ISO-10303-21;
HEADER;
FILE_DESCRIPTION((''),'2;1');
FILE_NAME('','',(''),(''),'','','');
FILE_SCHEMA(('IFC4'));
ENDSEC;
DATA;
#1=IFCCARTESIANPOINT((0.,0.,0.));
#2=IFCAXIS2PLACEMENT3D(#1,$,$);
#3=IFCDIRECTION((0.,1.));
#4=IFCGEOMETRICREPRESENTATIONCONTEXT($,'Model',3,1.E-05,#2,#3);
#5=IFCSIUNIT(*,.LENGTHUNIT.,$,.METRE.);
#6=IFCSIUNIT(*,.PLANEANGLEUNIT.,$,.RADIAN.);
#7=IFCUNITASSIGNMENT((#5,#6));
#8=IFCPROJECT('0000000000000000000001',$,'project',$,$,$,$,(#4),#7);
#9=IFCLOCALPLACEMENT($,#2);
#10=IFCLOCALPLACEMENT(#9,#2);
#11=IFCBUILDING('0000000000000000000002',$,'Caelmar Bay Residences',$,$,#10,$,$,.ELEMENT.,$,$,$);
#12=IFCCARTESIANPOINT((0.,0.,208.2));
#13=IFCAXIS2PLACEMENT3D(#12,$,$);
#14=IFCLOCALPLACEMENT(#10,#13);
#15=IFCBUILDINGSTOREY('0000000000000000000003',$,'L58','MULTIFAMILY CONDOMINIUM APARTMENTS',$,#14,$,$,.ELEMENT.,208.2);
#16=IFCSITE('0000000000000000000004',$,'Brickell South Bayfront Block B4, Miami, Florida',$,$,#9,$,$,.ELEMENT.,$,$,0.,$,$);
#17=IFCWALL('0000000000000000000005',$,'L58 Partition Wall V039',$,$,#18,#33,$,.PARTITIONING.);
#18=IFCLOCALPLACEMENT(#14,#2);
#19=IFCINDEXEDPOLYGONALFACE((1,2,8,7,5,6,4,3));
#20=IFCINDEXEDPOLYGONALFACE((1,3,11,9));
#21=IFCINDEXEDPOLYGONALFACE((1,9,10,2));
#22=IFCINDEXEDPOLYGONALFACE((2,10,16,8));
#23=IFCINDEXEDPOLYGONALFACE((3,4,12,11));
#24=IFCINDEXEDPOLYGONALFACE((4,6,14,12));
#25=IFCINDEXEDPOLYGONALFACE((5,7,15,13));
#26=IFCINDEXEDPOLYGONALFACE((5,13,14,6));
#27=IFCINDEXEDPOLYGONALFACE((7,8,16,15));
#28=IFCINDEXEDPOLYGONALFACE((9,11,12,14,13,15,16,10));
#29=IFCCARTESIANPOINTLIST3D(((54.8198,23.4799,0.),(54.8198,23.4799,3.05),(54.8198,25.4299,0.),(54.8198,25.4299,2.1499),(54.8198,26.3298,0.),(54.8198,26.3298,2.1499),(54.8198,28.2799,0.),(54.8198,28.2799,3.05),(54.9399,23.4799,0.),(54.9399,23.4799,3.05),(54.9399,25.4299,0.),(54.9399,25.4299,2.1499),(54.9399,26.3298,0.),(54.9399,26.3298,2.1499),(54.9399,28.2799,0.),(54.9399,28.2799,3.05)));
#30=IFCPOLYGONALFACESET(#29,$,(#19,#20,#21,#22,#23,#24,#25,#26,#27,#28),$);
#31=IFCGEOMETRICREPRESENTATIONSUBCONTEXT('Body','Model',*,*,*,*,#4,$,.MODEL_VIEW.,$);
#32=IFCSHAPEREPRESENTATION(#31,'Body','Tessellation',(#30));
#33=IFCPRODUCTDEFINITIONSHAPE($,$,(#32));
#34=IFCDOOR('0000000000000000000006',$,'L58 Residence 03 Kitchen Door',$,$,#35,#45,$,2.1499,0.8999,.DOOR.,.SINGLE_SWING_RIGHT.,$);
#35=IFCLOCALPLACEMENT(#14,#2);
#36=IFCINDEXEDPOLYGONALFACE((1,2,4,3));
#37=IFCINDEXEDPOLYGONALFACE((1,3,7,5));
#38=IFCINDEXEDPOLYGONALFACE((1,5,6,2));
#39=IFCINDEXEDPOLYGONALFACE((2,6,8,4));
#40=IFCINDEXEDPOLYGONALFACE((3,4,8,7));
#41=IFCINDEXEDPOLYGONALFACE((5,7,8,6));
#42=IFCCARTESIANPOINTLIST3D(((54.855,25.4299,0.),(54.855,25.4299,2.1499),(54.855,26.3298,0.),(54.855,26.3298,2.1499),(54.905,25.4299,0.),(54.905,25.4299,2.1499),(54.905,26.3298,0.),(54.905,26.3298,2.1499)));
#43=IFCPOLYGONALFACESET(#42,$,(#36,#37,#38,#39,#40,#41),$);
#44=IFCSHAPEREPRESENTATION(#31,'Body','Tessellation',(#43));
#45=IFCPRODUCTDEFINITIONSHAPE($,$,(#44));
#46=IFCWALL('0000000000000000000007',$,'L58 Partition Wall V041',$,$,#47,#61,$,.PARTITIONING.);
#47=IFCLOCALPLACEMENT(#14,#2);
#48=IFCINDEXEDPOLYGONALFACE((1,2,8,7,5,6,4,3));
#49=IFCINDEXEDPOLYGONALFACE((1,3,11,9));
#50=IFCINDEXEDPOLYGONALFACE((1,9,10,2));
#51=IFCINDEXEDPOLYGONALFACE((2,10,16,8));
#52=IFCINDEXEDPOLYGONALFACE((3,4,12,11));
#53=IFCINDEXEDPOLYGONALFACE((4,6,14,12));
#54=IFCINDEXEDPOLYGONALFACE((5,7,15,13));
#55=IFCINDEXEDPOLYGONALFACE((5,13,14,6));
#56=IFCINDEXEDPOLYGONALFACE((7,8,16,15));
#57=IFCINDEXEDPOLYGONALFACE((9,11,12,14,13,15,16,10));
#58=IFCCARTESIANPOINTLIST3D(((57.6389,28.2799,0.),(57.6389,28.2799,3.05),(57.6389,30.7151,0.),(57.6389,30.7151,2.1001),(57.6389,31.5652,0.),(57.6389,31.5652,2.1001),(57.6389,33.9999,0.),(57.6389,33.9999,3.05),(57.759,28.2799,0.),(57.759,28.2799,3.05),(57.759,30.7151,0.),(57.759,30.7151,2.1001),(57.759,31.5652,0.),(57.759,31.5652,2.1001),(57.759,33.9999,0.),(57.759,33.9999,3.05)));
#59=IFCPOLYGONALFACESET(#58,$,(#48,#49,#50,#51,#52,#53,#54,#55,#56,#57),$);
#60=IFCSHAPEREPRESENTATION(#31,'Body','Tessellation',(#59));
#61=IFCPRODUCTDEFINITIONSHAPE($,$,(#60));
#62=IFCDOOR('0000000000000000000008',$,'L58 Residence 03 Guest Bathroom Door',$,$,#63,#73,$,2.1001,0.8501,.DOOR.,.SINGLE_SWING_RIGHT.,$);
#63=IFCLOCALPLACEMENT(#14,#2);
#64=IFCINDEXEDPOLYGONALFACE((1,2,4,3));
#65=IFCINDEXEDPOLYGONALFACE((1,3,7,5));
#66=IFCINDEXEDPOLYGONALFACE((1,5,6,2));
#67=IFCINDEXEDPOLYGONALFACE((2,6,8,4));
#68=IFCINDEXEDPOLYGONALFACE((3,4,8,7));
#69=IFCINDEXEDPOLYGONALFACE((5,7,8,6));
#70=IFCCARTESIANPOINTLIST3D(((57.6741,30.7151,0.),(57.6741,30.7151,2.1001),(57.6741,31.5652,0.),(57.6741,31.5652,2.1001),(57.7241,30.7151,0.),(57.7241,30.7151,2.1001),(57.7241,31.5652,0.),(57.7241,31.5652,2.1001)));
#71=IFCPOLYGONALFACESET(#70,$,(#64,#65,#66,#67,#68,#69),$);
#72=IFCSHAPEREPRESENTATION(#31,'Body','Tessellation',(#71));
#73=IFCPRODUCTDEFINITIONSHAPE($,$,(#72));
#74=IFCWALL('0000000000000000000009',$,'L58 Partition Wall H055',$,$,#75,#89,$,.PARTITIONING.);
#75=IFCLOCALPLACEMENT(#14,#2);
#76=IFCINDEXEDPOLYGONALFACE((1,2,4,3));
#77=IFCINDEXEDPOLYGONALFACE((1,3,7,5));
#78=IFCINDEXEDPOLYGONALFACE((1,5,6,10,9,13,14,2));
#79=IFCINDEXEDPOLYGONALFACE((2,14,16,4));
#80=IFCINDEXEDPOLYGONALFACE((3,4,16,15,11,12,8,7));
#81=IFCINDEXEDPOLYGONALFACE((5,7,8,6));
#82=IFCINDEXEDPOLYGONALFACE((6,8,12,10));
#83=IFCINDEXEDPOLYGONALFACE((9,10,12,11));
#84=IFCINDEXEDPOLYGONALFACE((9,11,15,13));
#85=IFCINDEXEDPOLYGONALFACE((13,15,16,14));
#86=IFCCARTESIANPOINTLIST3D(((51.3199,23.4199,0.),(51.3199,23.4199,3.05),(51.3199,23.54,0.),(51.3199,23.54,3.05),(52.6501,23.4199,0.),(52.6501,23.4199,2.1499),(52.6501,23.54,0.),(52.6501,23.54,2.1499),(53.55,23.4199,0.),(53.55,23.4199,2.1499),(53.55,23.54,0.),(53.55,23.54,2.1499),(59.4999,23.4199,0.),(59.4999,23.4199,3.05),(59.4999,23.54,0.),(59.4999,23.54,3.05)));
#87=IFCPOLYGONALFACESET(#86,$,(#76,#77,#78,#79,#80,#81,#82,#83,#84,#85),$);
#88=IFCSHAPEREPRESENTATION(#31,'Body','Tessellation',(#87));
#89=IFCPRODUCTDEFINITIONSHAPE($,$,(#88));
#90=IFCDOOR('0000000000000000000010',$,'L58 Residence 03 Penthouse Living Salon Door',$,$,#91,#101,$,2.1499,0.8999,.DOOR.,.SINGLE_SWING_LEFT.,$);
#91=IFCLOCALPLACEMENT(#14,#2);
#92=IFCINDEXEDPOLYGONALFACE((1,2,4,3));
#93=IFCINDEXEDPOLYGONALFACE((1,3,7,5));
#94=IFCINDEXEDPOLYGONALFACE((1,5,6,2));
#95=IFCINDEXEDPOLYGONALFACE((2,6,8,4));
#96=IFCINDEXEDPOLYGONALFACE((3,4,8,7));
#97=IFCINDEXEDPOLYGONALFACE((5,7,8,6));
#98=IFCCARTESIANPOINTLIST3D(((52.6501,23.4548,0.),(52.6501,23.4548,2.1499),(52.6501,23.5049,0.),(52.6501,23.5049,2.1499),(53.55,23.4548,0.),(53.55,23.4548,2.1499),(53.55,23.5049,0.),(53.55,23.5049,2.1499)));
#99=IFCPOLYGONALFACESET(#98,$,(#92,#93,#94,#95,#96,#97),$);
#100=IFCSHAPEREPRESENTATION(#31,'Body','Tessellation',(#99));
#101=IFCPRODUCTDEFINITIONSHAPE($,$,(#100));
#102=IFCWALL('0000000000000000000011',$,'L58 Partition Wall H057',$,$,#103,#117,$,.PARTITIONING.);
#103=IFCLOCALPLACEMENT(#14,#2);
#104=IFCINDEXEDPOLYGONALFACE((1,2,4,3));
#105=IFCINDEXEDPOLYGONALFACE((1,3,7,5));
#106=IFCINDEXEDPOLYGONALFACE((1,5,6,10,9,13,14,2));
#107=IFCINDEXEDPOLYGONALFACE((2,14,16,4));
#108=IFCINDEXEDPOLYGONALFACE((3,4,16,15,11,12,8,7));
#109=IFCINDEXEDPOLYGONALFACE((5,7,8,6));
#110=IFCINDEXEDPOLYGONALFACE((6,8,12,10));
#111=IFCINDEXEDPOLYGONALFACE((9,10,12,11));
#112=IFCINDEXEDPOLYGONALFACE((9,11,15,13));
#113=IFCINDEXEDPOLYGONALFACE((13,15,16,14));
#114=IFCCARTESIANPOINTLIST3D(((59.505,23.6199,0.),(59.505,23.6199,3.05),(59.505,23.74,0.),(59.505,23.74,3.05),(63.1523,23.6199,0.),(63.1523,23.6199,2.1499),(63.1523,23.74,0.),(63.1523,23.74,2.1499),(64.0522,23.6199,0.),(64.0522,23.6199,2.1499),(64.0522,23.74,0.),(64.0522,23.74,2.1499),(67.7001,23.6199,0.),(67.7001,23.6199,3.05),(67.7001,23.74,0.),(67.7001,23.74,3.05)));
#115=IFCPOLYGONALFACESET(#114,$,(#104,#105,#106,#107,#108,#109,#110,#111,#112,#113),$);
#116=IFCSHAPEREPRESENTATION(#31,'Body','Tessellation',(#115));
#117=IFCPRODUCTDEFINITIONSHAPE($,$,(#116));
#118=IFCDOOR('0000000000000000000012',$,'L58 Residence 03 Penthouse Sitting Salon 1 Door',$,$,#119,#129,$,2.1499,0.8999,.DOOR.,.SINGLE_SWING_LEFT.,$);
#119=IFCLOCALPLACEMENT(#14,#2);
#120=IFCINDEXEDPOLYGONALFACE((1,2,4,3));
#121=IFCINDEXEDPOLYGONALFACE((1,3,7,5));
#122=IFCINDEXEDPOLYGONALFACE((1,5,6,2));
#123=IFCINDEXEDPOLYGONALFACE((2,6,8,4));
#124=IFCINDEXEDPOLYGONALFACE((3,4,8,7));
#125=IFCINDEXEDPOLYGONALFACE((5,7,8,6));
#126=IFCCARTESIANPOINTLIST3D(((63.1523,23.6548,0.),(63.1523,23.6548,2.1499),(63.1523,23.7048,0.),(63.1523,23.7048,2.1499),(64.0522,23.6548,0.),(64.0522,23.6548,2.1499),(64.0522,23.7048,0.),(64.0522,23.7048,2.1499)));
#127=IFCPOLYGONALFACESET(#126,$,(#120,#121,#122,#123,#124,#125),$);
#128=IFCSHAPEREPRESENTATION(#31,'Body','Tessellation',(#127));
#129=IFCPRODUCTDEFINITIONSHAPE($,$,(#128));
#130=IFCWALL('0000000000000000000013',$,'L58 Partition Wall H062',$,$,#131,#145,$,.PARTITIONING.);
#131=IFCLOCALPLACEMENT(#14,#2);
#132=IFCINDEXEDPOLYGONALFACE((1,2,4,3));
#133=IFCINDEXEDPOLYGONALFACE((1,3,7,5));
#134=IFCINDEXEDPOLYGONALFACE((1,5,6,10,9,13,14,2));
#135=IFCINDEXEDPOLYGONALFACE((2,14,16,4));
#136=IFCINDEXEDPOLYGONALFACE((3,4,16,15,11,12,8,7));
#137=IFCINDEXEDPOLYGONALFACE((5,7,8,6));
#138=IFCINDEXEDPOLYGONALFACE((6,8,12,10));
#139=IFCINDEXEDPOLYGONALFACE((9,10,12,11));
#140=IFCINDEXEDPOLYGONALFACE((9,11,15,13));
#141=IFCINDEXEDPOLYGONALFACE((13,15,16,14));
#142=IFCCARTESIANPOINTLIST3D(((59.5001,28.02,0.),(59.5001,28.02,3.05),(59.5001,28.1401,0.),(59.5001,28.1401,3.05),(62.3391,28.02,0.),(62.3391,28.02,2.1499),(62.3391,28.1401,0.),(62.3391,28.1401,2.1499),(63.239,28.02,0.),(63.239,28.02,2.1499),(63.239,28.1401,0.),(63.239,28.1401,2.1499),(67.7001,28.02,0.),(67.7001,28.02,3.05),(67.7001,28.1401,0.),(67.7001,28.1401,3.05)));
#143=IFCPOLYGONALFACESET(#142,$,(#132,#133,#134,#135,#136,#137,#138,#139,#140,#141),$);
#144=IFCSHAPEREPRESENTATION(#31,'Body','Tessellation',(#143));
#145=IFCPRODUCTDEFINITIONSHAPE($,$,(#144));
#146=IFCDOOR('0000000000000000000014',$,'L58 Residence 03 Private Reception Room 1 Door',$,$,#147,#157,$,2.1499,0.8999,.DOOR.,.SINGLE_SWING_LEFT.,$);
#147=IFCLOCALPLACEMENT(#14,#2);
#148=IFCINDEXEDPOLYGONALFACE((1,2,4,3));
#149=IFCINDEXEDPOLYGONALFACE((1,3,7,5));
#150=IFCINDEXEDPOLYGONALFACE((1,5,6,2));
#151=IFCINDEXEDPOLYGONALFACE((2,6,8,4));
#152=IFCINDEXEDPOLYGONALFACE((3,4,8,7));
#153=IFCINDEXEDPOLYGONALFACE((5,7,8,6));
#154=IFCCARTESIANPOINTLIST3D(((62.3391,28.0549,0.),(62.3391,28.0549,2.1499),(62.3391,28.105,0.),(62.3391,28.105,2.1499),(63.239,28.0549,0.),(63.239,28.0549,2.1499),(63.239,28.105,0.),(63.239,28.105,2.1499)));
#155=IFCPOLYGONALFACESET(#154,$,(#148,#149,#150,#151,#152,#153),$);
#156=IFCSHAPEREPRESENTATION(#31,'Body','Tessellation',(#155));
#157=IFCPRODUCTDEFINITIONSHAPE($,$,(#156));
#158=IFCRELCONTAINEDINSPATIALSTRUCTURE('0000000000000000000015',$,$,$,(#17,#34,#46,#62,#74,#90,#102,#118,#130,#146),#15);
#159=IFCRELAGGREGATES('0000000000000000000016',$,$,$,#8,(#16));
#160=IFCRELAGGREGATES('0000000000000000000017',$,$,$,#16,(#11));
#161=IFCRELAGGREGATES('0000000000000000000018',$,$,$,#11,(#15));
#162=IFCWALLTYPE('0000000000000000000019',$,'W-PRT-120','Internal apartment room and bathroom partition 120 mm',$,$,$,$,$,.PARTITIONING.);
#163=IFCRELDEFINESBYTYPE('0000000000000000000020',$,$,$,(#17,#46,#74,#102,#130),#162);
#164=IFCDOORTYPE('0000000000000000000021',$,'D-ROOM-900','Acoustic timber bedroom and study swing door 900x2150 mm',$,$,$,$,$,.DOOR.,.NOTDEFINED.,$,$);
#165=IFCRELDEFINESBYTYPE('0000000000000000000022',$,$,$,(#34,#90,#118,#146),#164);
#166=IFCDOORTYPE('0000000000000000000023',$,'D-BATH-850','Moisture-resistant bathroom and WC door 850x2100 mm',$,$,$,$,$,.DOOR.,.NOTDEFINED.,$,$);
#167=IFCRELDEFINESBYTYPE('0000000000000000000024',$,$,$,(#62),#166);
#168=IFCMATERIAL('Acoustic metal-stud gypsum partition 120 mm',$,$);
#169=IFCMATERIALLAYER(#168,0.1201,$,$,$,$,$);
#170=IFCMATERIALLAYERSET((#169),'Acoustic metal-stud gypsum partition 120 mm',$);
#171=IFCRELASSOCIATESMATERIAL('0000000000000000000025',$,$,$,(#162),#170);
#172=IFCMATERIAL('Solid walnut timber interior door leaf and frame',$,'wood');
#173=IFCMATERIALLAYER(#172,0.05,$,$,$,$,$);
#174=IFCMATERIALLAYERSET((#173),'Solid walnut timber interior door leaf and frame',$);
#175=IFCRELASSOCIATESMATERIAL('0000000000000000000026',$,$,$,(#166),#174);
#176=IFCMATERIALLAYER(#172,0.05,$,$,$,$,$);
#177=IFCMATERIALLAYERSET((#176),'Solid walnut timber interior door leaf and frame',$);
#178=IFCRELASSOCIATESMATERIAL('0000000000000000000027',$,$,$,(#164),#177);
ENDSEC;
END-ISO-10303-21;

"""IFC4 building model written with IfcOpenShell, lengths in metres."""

from ifc_helpers import new_model, si_unit, direction, frame, frame_2d, origin, place, context, subcontext, project, spatial, rectangle, extrude, material, layer, layer_set, type_object, element, fill, save


model = new_model("IFC4")

# Units and contexts
model_context = context("Model", 3, precision=1e-05, world=origin(), true_north=direction((0.0, 1.0)))
body_context = subcontext(model_context, "Body", "Model", "MODEL_VIEW")
ifc_project = project(units=[si_unit("LENGTHUNIT", "METRE"), si_unit("PLANEANGLEUNIT", "RADIAN")], contexts=[model_context])

# Site, building, storey
site_placement = place(None, origin())
site = spatial("IfcSite", under=ifc_project, at=site_placement, Name="Brickell South Bayfront Block B4, Miami, Florida", CompositionType="ELEMENT", RefElevation=0.0)
building_placement = place(site_placement, origin())
building = spatial("IfcBuilding", under=site, at=building_placement, Name="Caelmar Bay Residences", CompositionType="ELEMENT")
storey_placement = place(building_placement, frame((0.0, 0.0, 208.2)))
storey = spatial("IfcBuildingStorey", under=building, at=storey_placement, Name="L58", Description="MULTIFAMILY CONDOMINIUM APARTMENTS", CompositionType="ELEMENT", Elevation=208.2)

# Walls, openings, doors
ifc_material_1 = material(Name="Acoustic metal-stud gypsum partition 120 mm")
ifc_layer_1 = layer(ifc_material_1, 0.1201)
ifc_layer_set_1 = layer_set([ifc_layer_1], Name="Acoustic metal-stud gypsum partition 120 mm")
wall_type_1 = type_object("IfcWallType", Name="W-PRT-120", Description="Internal apartment room and bathroom partition 120 mm", PredefinedType="PARTITIONING", material=ifc_layer_set_1)
ifc_material_2 = material(Name="Solid walnut timber interior door leaf and frame", Category="wood")
ifc_layer_2 = layer(ifc_material_2, 0.05)
ifc_layer_set_2 = layer_set([ifc_layer_2], Name="Solid walnut timber interior door leaf and frame")
door_type_1 = type_object("IfcDoorType", Name="D-BATH-850", Description="Moisture-resistant bathroom and WC door 850x2100 mm", OperationType="NOTDEFINED", PredefinedType="DOOR", material=ifc_layer_set_2)
wall_1_placement = place(storey_placement, frame((54.8799, 23.48, 0.0), z_axis=(0.0, 0.0, 1.0), x_axis=(0.0, 1.0, 0.0)))
wall_1 = element("IfcWall", 1, at=wall_1_placement, inside=storey, type_object=wall_type_1, Name="L58 Partition Wall V039", PredefinedType="PARTITIONING", context=body_context, shape_type="SweptSolid", body=[
    extrude(rectangle(XDim=4.8, YDim=0.1201, at=frame_2d((2.3999, 0.0))), origin(), (0.0, 0.0, 1.0), 3.05),
])
opening_1_placement = place(wall_1_placement, frame((1.95, 0.0, 0.0)))
opening_1 = element("IfcOpeningElement", 2, at=opening_1_placement, cuts=wall_1, PredefinedType="OPENING", context=body_context, shape_type="SweptSolid", body=[
    extrude(rectangle(XDim=0.8999, YDim=2.1499, at=frame_2d((0.45, 1.075))), frame((0.0, 0.0701, 0.0), z_axis=(0.0, -1.0, 0.0), x_axis=(1.0, 0.0, 0.0)), (0.0, 0.0, 1.0), 0.1401),
])
ifc_layer_3 = layer(ifc_material_2, 0.05)
ifc_layer_set_3 = layer_set([ifc_layer_3], Name="Solid walnut timber interior door leaf and frame")
door_type_2 = type_object("IfcDoorType", Name="D-ROOM-900", Description="Acoustic timber bedroom and study swing door 900x2150 mm", OperationType="NOTDEFINED", PredefinedType="DOOR", material=ifc_layer_set_3)
door_1_placement = place(opening_1_placement, origin())
door_1 = element("IfcDoor", 3, at=door_1_placement, inside=storey, type_object=door_type_2, Name="L58 Residence 03 Kitchen Door", OperationType="SINGLE_SWING_RIGHT", OverallHeight=2.1499, OverallWidth=0.8999, PredefinedType="DOOR", context=body_context, shape_type="SweptSolid", body=[
    extrude(rectangle(XDim=0.8999, YDim=2.1499, at=frame_2d((0.45, 1.075))), frame((0.0, 0.0249, 0.0), z_axis=(0.0, -1.0, 0.0), x_axis=(1.0, 0.0, 0.0)), (0.0, 0.0, 1.0), 0.05),
])
fill(opening_1, door_1)
wall_2_placement = place(storey_placement, frame((57.699, 28.28, 0.0), z_axis=(0.0, 0.0, 1.0), x_axis=(0.0, 1.0, 0.0)))
wall_2 = element("IfcWall", 4, at=wall_2_placement, inside=storey, type_object=wall_type_1, Name="L58 Partition Wall V041", PredefinedType="PARTITIONING", context=body_context, shape_type="SweptSolid", body=[
    extrude(rectangle(XDim=5.72, YDim=0.1201, at=frame_2d((2.8599, 0.0))), origin(), (0.0, 0.0, 1.0), 3.05),
])
opening_2_placement = place(wall_2_placement, frame((2.4351, 0.0, 0.0)))
opening_2 = element("IfcOpeningElement", 5, at=opening_2_placement, cuts=wall_2, PredefinedType="OPENING", context=body_context, shape_type="SweptSolid", body=[
    extrude(rectangle(XDim=0.8501, YDim=2.1001, at=frame_2d((0.425, 1.05))), frame((0.0, 0.0701, 0.0), z_axis=(0.0, -1.0, 0.0), x_axis=(1.0, 0.0, 0.0)), (0.0, 0.0, 1.0), 0.1401),
])
door_2_placement = place(opening_2_placement, origin())
door_2 = element("IfcDoor", 6, at=door_2_placement, inside=storey, type_object=door_type_1, Name="L58 Residence 03 Guest Bathroom Door", OperationType="SINGLE_SWING_RIGHT", OverallHeight=2.1001, OverallWidth=0.8501, PredefinedType="DOOR", context=body_context, shape_type="SweptSolid", body=[
    extrude(rectangle(XDim=0.8501, YDim=2.1001, at=frame_2d((0.425, 1.05))), frame((0.0, 0.0249, 0.0), z_axis=(0.0, -1.0, 0.0), x_axis=(1.0, 0.0, 0.0)), (0.0, 0.0, 1.0), 0.05),
])
fill(opening_2, door_2)
wall_3_placement = place(storey_placement, frame((51.3201, 23.48, 0.0), z_axis=(0.0, 0.0, 1.0), x_axis=(1.0, 0.0, 0.0)))
wall_3 = element("IfcWall", 7, at=wall_3_placement, inside=storey, type_object=wall_type_1, Name="L58 Partition Wall H055", PredefinedType="PARTITIONING", context=body_context, shape_type="SweptSolid", body=[
    extrude(rectangle(XDim=8.1799, YDim=0.1201, at=frame_2d((4.0898, 0.0))), origin(), (0.0, 0.0, 1.0), 3.05),
])
opening_3_placement = place(wall_3_placement, frame((1.3301, 0.0, 0.0)))
opening_3 = element("IfcOpeningElement", 8, at=opening_3_placement, cuts=wall_3, PredefinedType="OPENING", context=body_context, shape_type="SweptSolid", body=[
    extrude(rectangle(XDim=0.8999, YDim=2.1499, at=frame_2d((0.45, 1.075))), frame((0.0, 0.0701, 0.0), z_axis=(0.0, -1.0, 0.0), x_axis=(1.0, 0.0, 0.0)), (0.0, 0.0, 1.0), 0.1401),
])
door_3_placement = place(opening_3_placement, origin())
door_3 = element("IfcDoor", 9, at=door_3_placement, inside=storey, type_object=door_type_2, Name="L58 Residence 03 Penthouse Living Salon Door", OperationType="SINGLE_SWING_LEFT", OverallHeight=2.1499, OverallWidth=0.8999, PredefinedType="DOOR", context=body_context, shape_type="SweptSolid", body=[
    extrude(rectangle(XDim=0.8999, YDim=2.1499, at=frame_2d((0.45, 1.075))), frame((0.0, 0.0249, 0.0), z_axis=(0.0, -1.0, 0.0), x_axis=(1.0, 0.0, 0.0)), (0.0, 0.0, 1.0), 0.05),
])
fill(opening_3, door_3)
wall_4_placement = place(storey_placement, frame((59.5049, 23.6799, 0.0), z_axis=(0.0, 0.0, 1.0), x_axis=(1.0, 0.0, 0.0)))
wall_4 = element("IfcWall", 10, at=wall_4_placement, inside=storey, type_object=wall_type_1, Name="L58 Partition Wall H057", PredefinedType="PARTITIONING", context=body_context, shape_type="SweptSolid", body=[
    extrude(rectangle(XDim=8.1951, YDim=0.1201, at=frame_2d((4.0977, 0.0))), origin(), (0.0, 0.0, 1.0), 3.05),
])
opening_4_placement = place(wall_4_placement, frame((3.6475, 0.0, 0.0)))
opening_4 = element("IfcOpeningElement", 11, at=opening_4_placement, cuts=wall_4, PredefinedType="OPENING", context=body_context, shape_type="SweptSolid", body=[
    extrude(rectangle(XDim=0.8999, YDim=2.1499, at=frame_2d((0.45, 1.075))), frame((0.0, 0.0701, 0.0), z_axis=(0.0, -1.0, 0.0), x_axis=(1.0, 0.0, 0.0)), (0.0, 0.0, 1.0), 0.1401),
])
door_4_placement = place(opening_4_placement, origin())
door_4 = element("IfcDoor", 12, at=door_4_placement, inside=storey, type_object=door_type_2, Name="L58 Residence 03 Penthouse Sitting Salon 1 Door", OperationType="SINGLE_SWING_LEFT", OverallHeight=2.1499, OverallWidth=0.8999, PredefinedType="DOOR", context=body_context, shape_type="SweptSolid", body=[
    extrude(rectangle(XDim=0.8999, YDim=2.1499, at=frame_2d((0.45, 1.075))), frame((0.0, 0.0249, 0.0), z_axis=(0.0, -1.0, 0.0), x_axis=(1.0, 0.0, 0.0)), (0.0, 0.0, 1.0), 0.05),
])
fill(opening_4, door_4)
wall_5_placement = place(storey_placement, frame((59.5, 28.0801, 0.0), z_axis=(0.0, 0.0, 1.0), x_axis=(1.0, 0.0, 0.0)))
wall_5 = element("IfcWall", 13, at=wall_5_placement, inside=storey, type_object=wall_type_1, Name="L58 Partition Wall H062", PredefinedType="PARTITIONING", context=body_context, shape_type="SweptSolid", body=[
    extrude(rectangle(XDim=8.2, YDim=0.1201, at=frame_2d((4.1001, 0.0))), origin(), (0.0, 0.0, 1.0), 3.05),
])
opening_5_placement = place(wall_5_placement, frame((2.8391, 0.0, 0.0)))
opening_5 = element("IfcOpeningElement", 14, at=opening_5_placement, cuts=wall_5, PredefinedType="OPENING", context=body_context, shape_type="SweptSolid", body=[
    extrude(rectangle(XDim=0.8999, YDim=2.1499, at=frame_2d((0.45, 1.075))), frame((0.0, 0.0701, 0.0), z_axis=(0.0, -1.0, 0.0), x_axis=(1.0, 0.0, 0.0)), (0.0, 0.0, 1.0), 0.1401),
])
door_5_placement = place(opening_5_placement, origin())
door_5 = element("IfcDoor", 15, at=door_5_placement, inside=storey, type_object=door_type_2, Name="L58 Residence 03 Private Reception Room 1 Door", OperationType="SINGLE_SWING_LEFT", OverallHeight=2.1499, OverallWidth=0.8999, PredefinedType="DOOR", context=body_context, shape_type="SweptSolid", body=[
    extrude(rectangle(XDim=0.8999, YDim=2.1499, at=frame_2d((0.45, 1.075))), frame((0.0, 0.0249, 0.0), z_axis=(0.0, -1.0, 0.0), x_axis=(1.0, 0.0, 0.0)), (0.0, 0.0, 1.0), 0.05),
])
fill(opening_5, door_5)

save(model, "model.ifc")
